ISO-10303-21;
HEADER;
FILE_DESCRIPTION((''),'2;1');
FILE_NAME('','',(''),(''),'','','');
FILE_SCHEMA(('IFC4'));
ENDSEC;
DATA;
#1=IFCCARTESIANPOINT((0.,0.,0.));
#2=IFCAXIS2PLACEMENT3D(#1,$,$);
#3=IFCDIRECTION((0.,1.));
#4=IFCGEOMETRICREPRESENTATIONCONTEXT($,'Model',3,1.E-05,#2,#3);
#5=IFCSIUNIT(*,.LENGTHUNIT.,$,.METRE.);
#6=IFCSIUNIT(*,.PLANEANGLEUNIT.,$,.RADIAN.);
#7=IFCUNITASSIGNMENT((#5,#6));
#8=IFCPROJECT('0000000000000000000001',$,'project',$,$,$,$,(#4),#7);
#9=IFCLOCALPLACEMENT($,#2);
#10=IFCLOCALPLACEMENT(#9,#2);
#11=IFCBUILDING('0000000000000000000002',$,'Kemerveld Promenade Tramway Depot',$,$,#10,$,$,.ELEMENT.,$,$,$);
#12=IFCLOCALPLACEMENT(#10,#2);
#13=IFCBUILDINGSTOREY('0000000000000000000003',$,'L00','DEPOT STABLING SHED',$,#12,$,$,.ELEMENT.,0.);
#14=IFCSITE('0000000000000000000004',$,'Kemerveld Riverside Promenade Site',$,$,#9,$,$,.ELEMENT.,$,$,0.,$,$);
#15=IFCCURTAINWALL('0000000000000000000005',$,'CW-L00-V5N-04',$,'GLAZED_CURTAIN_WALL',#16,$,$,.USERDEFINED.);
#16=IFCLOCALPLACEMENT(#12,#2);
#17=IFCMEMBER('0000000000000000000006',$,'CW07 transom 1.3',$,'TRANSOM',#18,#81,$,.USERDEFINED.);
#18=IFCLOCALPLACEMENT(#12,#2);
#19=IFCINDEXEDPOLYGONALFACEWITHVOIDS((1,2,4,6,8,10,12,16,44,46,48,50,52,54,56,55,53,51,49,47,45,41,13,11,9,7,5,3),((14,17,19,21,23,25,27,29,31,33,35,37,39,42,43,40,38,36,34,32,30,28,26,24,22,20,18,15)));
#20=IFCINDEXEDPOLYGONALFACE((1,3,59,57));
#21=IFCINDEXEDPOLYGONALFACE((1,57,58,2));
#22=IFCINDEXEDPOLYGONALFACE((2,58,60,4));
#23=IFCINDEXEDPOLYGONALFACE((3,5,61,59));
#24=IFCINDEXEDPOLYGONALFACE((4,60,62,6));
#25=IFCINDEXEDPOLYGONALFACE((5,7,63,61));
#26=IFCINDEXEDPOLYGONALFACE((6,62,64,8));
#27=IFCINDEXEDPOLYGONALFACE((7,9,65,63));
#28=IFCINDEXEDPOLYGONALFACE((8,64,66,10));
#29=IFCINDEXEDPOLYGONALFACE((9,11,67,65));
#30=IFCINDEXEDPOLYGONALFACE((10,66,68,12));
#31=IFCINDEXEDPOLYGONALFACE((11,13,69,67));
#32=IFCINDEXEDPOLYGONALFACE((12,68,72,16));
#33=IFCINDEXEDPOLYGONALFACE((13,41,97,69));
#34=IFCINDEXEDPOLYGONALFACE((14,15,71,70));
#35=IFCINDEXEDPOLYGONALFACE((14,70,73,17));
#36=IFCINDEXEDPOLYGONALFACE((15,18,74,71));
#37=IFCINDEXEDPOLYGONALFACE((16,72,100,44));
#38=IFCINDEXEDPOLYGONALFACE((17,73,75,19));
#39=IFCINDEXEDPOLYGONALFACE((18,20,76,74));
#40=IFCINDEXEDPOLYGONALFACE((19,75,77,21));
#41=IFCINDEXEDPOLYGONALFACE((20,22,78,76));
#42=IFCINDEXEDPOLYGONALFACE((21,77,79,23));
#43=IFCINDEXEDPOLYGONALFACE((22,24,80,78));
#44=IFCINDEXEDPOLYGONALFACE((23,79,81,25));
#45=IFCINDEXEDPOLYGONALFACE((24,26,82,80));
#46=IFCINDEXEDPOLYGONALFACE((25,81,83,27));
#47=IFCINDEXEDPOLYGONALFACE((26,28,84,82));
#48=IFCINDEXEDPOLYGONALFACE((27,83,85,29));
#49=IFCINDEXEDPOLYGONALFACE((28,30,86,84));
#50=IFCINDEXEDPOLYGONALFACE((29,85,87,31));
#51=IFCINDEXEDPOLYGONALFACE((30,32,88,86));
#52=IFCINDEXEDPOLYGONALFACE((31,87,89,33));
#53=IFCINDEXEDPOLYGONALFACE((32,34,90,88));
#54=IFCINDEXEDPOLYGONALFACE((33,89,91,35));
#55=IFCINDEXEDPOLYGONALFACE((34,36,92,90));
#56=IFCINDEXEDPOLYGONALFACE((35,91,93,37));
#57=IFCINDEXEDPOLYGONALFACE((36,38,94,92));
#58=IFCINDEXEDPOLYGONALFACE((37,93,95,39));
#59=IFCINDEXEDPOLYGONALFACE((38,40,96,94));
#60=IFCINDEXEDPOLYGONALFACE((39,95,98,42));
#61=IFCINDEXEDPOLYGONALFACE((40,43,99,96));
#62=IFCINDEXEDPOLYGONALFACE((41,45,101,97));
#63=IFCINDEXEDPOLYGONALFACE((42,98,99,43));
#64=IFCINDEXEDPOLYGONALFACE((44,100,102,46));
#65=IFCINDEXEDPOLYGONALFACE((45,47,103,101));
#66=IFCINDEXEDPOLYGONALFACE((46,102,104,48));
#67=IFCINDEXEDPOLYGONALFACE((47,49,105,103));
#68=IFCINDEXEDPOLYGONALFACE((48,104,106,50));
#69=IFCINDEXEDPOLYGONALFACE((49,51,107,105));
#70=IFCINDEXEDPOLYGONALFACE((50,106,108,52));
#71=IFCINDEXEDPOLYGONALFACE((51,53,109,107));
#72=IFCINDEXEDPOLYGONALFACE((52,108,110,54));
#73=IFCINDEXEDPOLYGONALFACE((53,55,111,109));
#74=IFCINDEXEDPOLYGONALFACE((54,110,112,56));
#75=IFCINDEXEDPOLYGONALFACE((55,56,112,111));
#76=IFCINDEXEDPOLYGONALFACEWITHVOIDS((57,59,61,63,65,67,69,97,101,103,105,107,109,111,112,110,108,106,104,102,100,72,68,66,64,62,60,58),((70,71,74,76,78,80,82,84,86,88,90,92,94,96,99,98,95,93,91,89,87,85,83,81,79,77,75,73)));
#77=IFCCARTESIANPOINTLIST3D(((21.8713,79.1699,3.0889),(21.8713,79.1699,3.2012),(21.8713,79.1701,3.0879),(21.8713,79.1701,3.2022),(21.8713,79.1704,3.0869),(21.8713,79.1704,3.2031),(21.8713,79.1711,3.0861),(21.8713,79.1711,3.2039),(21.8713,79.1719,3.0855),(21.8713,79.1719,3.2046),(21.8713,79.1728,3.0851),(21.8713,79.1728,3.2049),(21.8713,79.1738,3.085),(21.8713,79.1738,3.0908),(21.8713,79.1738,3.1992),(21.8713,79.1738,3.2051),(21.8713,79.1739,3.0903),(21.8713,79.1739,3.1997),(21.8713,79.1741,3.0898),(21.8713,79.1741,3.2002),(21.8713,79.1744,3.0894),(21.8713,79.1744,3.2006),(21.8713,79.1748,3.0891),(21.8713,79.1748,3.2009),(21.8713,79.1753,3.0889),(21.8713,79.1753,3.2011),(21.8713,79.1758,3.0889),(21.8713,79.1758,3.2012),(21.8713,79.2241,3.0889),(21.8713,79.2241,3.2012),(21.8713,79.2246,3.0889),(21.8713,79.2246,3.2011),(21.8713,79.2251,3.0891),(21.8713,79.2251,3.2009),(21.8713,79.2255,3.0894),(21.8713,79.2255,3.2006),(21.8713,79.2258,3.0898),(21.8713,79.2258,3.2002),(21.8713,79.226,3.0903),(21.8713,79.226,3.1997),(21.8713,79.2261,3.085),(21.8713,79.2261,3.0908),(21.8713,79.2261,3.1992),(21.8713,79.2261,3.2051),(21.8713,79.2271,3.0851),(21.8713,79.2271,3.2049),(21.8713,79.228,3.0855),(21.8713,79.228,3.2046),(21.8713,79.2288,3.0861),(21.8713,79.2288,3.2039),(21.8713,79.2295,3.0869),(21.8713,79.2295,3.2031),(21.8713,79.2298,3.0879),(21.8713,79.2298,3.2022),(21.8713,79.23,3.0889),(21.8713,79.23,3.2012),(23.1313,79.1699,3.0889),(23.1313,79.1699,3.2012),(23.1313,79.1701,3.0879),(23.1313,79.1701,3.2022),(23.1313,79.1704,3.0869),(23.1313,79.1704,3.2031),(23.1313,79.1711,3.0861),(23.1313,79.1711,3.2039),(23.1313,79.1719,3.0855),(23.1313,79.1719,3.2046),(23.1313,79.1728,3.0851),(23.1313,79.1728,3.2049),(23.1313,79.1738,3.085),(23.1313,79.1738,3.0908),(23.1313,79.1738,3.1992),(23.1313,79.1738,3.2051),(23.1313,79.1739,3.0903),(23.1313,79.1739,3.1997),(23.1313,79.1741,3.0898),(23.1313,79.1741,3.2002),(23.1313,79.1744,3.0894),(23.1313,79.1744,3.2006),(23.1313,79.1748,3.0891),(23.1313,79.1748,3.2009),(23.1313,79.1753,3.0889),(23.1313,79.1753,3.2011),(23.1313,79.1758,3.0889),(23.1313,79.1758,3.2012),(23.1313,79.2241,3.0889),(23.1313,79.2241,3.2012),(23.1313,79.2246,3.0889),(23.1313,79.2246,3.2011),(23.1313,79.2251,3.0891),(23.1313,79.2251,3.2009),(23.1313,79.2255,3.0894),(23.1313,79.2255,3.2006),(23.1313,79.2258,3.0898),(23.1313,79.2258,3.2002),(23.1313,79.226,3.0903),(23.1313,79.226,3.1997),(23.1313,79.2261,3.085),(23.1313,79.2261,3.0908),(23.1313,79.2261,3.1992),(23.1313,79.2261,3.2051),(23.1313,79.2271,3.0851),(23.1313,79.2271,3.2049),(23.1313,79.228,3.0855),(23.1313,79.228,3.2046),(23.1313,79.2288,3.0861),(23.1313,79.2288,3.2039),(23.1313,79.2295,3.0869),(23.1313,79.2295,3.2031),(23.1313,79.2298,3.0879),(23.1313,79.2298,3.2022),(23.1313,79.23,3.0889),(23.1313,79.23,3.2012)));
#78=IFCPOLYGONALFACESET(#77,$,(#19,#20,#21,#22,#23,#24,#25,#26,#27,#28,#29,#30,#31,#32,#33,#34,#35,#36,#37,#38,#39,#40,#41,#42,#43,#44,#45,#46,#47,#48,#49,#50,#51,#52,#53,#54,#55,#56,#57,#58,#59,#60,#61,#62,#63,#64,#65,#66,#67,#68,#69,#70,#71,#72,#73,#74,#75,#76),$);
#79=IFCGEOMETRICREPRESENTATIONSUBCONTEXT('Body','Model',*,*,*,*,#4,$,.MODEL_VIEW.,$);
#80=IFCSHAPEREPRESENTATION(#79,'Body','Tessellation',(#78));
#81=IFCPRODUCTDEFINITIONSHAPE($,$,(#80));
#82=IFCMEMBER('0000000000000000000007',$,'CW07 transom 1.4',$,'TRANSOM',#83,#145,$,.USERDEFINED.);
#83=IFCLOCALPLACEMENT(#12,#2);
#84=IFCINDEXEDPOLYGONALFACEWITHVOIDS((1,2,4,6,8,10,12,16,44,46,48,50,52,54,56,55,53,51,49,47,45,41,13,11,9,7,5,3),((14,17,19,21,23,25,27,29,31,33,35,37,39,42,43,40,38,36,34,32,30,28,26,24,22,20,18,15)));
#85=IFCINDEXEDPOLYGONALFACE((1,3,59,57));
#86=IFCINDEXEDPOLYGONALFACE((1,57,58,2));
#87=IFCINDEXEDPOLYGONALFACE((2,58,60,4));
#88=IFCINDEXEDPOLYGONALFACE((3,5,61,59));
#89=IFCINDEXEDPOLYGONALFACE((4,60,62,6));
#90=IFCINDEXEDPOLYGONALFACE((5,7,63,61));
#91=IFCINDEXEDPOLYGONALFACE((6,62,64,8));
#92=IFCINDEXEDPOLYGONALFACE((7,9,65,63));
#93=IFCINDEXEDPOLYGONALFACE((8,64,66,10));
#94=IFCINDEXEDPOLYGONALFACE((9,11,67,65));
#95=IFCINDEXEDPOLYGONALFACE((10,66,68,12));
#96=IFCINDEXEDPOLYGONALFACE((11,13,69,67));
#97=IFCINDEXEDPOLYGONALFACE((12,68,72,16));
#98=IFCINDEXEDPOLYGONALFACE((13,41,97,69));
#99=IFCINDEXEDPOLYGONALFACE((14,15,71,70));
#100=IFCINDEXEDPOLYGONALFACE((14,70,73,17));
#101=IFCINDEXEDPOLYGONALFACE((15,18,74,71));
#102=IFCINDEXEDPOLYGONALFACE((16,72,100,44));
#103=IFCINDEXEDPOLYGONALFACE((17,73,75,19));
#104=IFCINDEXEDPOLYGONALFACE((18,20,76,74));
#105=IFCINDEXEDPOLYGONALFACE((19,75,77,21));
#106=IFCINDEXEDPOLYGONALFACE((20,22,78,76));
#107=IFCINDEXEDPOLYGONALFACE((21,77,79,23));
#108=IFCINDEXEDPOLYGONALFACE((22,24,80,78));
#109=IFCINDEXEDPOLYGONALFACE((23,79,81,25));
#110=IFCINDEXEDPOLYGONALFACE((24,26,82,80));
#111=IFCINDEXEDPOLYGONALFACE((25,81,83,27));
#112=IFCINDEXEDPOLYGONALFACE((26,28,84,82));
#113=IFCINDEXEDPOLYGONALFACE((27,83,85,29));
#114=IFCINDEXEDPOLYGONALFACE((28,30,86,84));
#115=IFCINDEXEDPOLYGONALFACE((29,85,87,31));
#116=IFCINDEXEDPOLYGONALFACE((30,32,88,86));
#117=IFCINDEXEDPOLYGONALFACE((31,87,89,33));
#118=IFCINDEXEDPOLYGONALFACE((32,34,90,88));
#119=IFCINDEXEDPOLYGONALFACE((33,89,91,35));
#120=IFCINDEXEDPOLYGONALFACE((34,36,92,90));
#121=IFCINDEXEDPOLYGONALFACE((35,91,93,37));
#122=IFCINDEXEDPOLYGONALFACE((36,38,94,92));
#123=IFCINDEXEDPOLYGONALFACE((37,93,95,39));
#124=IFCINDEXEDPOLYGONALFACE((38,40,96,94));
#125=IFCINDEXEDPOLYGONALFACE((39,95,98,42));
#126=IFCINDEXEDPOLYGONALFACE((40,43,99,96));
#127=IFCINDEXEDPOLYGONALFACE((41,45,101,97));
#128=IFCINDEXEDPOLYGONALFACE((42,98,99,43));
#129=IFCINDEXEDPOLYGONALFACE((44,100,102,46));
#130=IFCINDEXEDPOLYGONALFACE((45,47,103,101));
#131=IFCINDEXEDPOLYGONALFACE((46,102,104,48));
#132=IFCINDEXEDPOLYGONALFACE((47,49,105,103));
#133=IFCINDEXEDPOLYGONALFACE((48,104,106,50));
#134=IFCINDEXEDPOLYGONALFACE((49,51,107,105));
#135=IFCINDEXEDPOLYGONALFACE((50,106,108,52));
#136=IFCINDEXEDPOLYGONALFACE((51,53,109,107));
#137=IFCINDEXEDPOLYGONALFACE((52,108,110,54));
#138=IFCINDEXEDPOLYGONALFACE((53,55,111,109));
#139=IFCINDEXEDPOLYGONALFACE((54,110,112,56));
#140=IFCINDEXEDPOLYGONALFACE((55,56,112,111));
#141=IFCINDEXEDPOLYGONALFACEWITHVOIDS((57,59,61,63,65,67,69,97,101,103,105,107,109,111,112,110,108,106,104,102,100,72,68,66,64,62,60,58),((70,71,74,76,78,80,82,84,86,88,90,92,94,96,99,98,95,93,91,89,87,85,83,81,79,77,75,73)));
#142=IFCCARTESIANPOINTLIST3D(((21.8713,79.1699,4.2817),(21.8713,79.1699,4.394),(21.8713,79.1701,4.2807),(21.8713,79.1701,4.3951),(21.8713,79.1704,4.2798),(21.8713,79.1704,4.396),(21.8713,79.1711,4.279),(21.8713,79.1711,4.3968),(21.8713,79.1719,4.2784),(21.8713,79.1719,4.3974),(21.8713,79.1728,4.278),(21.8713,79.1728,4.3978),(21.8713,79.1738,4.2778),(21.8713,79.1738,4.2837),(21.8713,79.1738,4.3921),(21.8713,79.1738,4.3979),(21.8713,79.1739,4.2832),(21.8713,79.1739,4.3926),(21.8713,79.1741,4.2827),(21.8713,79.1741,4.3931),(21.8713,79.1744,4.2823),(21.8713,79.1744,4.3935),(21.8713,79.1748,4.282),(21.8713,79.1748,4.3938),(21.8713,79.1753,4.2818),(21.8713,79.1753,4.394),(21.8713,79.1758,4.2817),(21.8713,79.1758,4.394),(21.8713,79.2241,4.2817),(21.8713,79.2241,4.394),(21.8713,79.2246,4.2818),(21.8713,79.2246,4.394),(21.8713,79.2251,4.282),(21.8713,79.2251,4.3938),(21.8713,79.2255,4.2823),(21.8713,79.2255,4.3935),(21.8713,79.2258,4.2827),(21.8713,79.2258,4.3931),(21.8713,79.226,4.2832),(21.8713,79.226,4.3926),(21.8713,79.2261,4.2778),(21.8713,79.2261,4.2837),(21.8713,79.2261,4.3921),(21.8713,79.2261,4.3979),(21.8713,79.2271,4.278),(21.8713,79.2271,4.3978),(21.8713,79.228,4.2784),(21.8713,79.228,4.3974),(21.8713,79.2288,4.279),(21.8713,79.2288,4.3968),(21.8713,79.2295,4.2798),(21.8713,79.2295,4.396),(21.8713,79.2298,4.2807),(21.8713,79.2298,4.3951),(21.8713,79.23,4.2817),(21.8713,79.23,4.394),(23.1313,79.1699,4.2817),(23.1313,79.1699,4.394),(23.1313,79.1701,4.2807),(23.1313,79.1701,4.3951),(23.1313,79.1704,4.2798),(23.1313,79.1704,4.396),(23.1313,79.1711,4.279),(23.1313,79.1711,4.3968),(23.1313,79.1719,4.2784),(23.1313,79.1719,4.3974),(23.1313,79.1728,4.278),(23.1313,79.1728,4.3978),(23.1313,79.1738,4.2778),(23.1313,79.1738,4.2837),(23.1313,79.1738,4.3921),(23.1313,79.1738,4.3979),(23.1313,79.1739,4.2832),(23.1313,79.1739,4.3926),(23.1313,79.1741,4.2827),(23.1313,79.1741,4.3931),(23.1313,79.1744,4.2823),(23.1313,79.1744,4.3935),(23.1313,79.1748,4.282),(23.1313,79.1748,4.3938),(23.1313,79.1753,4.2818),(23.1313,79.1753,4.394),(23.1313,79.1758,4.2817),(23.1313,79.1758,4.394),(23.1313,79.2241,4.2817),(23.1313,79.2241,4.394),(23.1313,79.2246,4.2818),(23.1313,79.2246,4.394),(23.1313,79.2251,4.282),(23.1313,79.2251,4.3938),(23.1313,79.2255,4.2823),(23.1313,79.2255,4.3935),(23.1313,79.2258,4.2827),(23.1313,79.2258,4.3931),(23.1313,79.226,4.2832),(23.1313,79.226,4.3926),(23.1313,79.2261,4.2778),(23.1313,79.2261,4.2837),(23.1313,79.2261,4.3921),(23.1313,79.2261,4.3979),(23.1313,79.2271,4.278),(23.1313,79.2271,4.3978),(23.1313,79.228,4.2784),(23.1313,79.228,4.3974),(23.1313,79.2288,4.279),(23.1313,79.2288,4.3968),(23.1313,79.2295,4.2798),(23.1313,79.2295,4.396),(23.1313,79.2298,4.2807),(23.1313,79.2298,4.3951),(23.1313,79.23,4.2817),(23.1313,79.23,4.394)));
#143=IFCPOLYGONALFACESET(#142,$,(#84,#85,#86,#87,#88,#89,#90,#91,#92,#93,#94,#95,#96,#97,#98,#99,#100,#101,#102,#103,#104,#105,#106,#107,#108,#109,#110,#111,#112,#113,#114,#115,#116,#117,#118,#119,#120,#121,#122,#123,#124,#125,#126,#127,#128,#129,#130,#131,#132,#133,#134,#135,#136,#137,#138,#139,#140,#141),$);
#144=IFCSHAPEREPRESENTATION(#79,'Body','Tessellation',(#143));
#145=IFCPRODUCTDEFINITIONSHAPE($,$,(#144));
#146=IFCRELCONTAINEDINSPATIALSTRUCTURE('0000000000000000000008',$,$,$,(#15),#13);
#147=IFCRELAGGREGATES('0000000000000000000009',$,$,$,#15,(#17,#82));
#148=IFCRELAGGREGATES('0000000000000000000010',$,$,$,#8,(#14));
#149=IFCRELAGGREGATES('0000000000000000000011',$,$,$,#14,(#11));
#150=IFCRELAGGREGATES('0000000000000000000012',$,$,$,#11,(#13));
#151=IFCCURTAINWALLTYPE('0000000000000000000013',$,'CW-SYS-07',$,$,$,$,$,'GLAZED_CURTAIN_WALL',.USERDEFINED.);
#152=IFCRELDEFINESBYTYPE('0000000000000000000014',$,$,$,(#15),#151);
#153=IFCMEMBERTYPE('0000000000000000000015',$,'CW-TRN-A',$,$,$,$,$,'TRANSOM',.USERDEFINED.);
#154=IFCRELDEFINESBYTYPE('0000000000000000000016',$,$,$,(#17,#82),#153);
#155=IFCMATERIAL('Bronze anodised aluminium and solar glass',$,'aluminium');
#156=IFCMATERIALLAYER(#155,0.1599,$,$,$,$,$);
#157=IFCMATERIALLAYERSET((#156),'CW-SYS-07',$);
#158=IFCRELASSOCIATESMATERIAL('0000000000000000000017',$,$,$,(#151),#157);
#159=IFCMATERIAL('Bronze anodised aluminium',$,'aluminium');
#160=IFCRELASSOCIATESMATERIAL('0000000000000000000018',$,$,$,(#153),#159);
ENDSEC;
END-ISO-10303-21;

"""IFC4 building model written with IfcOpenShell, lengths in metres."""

from ifc_helpers import new_model, si_unit, direction, frame, origin, origin_2d, place, context, subcontext, project, spatial, hollow_rectangle, extrude, material, layer, layer_set, material_profile, profile_set, type_object, element, aggregate, save


model = new_model("IFC4")

# Units and contexts
model_context = context("Model", 3, precision=1e-05, world=origin(), true_north=direction((0.0, 1.0)))
body_context = subcontext(model_context, "Body", "Model", "MODEL_VIEW")
ifc_project = project(units=[si_unit("LENGTHUNIT", "METRE"), si_unit("PLANEANGLEUNIT", "RADIAN")], contexts=[model_context])

# Site, building, storey
site_placement = place(None, origin())
site = spatial("IfcSite", under=ifc_project, at=site_placement, Name="Kemerveld Riverside Promenade Site", CompositionType="ELEMENT", RefElevation=0.0)
building_placement = place(site_placement, origin())
building = spatial("IfcBuilding", under=site, at=building_placement, Name="Kemerveld Promenade Tramway Depot", CompositionType="ELEMENT")
storey_placement = place(building_placement, origin())
storey = spatial("IfcBuildingStorey", under=building, at=storey_placement, Name="L00", Description="DEPOT STABLING SHED", CompositionType="ELEMENT", Elevation=0.0)

# Curtain wall, members
ifc_material_1 = material(Name="Bronze anodised aluminium and solar glass", Category="aluminium")
ifc_layer_1 = layer(ifc_material_1, 0.1599)
ifc_layer_set_1 = layer_set([ifc_layer_1], Name="CW-SYS-07")
curtain_wall_type = type_object("IfcCurtainWallType", Name="CW-SYS-07", ElementType="GLAZED_CURTAIN_WALL", PredefinedType="USERDEFINED", material=ifc_layer_set_1)
curtain_wall_placement = place(storey_placement, origin())
curtain_wall = element("IfcCurtainWall", 1, at=curtain_wall_placement, inside=storey, type_object=curtain_wall_type, Name="CW-L00-V5N-04", ObjectType="GLAZED_CURTAIN_WALL", PredefinedType="USERDEFINED")
ifc_material_2 = material(Name="Bronze anodised aluminium", Category="aluminium")
ifc_material_profile_1 = material_profile(ifc_material_2, hollow_rectangle(XDim=0.0601, YDim=0.1201, WallThickness=0.0039, InnerFilletRadius=0.002, OuterFilletRadius=0.0039, at=origin_2d()), Name="CW-TRN-120x60")
ifc_profile_set_1 = profile_set([ifc_material_profile_1], Name="Bronze anodised aluminium")
member_type_1 = type_object("IfcMemberType", Name="CW-TRN-A", ElementType="TRANSOM", PredefinedType="USERDEFINED", material=ifc_profile_set_1)
member_1_placement = place(storey_placement, frame((21.8713, 79.2, 3.145), z_axis=(1.0, 0.0, 0.0), x_axis=(0.0, 1.0, 0.0)))
member_1 = element("IfcMember", 2, at=member_1_placement, type_object=member_type_1, Name="CW07 transom 1.3", ObjectType="TRANSOM", PredefinedType="USERDEFINED", context=body_context, shape_type="SweptSolid", body=[
    extrude(hollow_rectangle(XDim=0.0601, YDim=0.1201, WallThickness=0.0039, InnerFilletRadius=0.002, OuterFilletRadius=0.0039, at=origin_2d()), origin(), (0.0, 0.0, 1.0), 1.26),
])
member_2_placement = place(storey_placement, frame((21.8713, 79.2, 4.3379), z_axis=(1.0, 0.0, 0.0), x_axis=(0.0, 1.0, 0.0)))
member_2 = element("IfcMember", 3, at=member_2_placement, type_object=member_type_1, Name="CW07 transom 1.4", ObjectType="TRANSOM", PredefinedType="USERDEFINED", context=body_context, shape_type="SweptSolid", body=[
    extrude(hollow_rectangle(XDim=0.0601, YDim=0.1201, WallThickness=0.0039, InnerFilletRadius=0.002, OuterFilletRadius=0.0039, at=origin_2d()), origin(), (0.0, 0.0, 1.0), 1.26),
])
aggregate(curtain_wall, [member_1, member_2])

save(model, "model.ifc")
